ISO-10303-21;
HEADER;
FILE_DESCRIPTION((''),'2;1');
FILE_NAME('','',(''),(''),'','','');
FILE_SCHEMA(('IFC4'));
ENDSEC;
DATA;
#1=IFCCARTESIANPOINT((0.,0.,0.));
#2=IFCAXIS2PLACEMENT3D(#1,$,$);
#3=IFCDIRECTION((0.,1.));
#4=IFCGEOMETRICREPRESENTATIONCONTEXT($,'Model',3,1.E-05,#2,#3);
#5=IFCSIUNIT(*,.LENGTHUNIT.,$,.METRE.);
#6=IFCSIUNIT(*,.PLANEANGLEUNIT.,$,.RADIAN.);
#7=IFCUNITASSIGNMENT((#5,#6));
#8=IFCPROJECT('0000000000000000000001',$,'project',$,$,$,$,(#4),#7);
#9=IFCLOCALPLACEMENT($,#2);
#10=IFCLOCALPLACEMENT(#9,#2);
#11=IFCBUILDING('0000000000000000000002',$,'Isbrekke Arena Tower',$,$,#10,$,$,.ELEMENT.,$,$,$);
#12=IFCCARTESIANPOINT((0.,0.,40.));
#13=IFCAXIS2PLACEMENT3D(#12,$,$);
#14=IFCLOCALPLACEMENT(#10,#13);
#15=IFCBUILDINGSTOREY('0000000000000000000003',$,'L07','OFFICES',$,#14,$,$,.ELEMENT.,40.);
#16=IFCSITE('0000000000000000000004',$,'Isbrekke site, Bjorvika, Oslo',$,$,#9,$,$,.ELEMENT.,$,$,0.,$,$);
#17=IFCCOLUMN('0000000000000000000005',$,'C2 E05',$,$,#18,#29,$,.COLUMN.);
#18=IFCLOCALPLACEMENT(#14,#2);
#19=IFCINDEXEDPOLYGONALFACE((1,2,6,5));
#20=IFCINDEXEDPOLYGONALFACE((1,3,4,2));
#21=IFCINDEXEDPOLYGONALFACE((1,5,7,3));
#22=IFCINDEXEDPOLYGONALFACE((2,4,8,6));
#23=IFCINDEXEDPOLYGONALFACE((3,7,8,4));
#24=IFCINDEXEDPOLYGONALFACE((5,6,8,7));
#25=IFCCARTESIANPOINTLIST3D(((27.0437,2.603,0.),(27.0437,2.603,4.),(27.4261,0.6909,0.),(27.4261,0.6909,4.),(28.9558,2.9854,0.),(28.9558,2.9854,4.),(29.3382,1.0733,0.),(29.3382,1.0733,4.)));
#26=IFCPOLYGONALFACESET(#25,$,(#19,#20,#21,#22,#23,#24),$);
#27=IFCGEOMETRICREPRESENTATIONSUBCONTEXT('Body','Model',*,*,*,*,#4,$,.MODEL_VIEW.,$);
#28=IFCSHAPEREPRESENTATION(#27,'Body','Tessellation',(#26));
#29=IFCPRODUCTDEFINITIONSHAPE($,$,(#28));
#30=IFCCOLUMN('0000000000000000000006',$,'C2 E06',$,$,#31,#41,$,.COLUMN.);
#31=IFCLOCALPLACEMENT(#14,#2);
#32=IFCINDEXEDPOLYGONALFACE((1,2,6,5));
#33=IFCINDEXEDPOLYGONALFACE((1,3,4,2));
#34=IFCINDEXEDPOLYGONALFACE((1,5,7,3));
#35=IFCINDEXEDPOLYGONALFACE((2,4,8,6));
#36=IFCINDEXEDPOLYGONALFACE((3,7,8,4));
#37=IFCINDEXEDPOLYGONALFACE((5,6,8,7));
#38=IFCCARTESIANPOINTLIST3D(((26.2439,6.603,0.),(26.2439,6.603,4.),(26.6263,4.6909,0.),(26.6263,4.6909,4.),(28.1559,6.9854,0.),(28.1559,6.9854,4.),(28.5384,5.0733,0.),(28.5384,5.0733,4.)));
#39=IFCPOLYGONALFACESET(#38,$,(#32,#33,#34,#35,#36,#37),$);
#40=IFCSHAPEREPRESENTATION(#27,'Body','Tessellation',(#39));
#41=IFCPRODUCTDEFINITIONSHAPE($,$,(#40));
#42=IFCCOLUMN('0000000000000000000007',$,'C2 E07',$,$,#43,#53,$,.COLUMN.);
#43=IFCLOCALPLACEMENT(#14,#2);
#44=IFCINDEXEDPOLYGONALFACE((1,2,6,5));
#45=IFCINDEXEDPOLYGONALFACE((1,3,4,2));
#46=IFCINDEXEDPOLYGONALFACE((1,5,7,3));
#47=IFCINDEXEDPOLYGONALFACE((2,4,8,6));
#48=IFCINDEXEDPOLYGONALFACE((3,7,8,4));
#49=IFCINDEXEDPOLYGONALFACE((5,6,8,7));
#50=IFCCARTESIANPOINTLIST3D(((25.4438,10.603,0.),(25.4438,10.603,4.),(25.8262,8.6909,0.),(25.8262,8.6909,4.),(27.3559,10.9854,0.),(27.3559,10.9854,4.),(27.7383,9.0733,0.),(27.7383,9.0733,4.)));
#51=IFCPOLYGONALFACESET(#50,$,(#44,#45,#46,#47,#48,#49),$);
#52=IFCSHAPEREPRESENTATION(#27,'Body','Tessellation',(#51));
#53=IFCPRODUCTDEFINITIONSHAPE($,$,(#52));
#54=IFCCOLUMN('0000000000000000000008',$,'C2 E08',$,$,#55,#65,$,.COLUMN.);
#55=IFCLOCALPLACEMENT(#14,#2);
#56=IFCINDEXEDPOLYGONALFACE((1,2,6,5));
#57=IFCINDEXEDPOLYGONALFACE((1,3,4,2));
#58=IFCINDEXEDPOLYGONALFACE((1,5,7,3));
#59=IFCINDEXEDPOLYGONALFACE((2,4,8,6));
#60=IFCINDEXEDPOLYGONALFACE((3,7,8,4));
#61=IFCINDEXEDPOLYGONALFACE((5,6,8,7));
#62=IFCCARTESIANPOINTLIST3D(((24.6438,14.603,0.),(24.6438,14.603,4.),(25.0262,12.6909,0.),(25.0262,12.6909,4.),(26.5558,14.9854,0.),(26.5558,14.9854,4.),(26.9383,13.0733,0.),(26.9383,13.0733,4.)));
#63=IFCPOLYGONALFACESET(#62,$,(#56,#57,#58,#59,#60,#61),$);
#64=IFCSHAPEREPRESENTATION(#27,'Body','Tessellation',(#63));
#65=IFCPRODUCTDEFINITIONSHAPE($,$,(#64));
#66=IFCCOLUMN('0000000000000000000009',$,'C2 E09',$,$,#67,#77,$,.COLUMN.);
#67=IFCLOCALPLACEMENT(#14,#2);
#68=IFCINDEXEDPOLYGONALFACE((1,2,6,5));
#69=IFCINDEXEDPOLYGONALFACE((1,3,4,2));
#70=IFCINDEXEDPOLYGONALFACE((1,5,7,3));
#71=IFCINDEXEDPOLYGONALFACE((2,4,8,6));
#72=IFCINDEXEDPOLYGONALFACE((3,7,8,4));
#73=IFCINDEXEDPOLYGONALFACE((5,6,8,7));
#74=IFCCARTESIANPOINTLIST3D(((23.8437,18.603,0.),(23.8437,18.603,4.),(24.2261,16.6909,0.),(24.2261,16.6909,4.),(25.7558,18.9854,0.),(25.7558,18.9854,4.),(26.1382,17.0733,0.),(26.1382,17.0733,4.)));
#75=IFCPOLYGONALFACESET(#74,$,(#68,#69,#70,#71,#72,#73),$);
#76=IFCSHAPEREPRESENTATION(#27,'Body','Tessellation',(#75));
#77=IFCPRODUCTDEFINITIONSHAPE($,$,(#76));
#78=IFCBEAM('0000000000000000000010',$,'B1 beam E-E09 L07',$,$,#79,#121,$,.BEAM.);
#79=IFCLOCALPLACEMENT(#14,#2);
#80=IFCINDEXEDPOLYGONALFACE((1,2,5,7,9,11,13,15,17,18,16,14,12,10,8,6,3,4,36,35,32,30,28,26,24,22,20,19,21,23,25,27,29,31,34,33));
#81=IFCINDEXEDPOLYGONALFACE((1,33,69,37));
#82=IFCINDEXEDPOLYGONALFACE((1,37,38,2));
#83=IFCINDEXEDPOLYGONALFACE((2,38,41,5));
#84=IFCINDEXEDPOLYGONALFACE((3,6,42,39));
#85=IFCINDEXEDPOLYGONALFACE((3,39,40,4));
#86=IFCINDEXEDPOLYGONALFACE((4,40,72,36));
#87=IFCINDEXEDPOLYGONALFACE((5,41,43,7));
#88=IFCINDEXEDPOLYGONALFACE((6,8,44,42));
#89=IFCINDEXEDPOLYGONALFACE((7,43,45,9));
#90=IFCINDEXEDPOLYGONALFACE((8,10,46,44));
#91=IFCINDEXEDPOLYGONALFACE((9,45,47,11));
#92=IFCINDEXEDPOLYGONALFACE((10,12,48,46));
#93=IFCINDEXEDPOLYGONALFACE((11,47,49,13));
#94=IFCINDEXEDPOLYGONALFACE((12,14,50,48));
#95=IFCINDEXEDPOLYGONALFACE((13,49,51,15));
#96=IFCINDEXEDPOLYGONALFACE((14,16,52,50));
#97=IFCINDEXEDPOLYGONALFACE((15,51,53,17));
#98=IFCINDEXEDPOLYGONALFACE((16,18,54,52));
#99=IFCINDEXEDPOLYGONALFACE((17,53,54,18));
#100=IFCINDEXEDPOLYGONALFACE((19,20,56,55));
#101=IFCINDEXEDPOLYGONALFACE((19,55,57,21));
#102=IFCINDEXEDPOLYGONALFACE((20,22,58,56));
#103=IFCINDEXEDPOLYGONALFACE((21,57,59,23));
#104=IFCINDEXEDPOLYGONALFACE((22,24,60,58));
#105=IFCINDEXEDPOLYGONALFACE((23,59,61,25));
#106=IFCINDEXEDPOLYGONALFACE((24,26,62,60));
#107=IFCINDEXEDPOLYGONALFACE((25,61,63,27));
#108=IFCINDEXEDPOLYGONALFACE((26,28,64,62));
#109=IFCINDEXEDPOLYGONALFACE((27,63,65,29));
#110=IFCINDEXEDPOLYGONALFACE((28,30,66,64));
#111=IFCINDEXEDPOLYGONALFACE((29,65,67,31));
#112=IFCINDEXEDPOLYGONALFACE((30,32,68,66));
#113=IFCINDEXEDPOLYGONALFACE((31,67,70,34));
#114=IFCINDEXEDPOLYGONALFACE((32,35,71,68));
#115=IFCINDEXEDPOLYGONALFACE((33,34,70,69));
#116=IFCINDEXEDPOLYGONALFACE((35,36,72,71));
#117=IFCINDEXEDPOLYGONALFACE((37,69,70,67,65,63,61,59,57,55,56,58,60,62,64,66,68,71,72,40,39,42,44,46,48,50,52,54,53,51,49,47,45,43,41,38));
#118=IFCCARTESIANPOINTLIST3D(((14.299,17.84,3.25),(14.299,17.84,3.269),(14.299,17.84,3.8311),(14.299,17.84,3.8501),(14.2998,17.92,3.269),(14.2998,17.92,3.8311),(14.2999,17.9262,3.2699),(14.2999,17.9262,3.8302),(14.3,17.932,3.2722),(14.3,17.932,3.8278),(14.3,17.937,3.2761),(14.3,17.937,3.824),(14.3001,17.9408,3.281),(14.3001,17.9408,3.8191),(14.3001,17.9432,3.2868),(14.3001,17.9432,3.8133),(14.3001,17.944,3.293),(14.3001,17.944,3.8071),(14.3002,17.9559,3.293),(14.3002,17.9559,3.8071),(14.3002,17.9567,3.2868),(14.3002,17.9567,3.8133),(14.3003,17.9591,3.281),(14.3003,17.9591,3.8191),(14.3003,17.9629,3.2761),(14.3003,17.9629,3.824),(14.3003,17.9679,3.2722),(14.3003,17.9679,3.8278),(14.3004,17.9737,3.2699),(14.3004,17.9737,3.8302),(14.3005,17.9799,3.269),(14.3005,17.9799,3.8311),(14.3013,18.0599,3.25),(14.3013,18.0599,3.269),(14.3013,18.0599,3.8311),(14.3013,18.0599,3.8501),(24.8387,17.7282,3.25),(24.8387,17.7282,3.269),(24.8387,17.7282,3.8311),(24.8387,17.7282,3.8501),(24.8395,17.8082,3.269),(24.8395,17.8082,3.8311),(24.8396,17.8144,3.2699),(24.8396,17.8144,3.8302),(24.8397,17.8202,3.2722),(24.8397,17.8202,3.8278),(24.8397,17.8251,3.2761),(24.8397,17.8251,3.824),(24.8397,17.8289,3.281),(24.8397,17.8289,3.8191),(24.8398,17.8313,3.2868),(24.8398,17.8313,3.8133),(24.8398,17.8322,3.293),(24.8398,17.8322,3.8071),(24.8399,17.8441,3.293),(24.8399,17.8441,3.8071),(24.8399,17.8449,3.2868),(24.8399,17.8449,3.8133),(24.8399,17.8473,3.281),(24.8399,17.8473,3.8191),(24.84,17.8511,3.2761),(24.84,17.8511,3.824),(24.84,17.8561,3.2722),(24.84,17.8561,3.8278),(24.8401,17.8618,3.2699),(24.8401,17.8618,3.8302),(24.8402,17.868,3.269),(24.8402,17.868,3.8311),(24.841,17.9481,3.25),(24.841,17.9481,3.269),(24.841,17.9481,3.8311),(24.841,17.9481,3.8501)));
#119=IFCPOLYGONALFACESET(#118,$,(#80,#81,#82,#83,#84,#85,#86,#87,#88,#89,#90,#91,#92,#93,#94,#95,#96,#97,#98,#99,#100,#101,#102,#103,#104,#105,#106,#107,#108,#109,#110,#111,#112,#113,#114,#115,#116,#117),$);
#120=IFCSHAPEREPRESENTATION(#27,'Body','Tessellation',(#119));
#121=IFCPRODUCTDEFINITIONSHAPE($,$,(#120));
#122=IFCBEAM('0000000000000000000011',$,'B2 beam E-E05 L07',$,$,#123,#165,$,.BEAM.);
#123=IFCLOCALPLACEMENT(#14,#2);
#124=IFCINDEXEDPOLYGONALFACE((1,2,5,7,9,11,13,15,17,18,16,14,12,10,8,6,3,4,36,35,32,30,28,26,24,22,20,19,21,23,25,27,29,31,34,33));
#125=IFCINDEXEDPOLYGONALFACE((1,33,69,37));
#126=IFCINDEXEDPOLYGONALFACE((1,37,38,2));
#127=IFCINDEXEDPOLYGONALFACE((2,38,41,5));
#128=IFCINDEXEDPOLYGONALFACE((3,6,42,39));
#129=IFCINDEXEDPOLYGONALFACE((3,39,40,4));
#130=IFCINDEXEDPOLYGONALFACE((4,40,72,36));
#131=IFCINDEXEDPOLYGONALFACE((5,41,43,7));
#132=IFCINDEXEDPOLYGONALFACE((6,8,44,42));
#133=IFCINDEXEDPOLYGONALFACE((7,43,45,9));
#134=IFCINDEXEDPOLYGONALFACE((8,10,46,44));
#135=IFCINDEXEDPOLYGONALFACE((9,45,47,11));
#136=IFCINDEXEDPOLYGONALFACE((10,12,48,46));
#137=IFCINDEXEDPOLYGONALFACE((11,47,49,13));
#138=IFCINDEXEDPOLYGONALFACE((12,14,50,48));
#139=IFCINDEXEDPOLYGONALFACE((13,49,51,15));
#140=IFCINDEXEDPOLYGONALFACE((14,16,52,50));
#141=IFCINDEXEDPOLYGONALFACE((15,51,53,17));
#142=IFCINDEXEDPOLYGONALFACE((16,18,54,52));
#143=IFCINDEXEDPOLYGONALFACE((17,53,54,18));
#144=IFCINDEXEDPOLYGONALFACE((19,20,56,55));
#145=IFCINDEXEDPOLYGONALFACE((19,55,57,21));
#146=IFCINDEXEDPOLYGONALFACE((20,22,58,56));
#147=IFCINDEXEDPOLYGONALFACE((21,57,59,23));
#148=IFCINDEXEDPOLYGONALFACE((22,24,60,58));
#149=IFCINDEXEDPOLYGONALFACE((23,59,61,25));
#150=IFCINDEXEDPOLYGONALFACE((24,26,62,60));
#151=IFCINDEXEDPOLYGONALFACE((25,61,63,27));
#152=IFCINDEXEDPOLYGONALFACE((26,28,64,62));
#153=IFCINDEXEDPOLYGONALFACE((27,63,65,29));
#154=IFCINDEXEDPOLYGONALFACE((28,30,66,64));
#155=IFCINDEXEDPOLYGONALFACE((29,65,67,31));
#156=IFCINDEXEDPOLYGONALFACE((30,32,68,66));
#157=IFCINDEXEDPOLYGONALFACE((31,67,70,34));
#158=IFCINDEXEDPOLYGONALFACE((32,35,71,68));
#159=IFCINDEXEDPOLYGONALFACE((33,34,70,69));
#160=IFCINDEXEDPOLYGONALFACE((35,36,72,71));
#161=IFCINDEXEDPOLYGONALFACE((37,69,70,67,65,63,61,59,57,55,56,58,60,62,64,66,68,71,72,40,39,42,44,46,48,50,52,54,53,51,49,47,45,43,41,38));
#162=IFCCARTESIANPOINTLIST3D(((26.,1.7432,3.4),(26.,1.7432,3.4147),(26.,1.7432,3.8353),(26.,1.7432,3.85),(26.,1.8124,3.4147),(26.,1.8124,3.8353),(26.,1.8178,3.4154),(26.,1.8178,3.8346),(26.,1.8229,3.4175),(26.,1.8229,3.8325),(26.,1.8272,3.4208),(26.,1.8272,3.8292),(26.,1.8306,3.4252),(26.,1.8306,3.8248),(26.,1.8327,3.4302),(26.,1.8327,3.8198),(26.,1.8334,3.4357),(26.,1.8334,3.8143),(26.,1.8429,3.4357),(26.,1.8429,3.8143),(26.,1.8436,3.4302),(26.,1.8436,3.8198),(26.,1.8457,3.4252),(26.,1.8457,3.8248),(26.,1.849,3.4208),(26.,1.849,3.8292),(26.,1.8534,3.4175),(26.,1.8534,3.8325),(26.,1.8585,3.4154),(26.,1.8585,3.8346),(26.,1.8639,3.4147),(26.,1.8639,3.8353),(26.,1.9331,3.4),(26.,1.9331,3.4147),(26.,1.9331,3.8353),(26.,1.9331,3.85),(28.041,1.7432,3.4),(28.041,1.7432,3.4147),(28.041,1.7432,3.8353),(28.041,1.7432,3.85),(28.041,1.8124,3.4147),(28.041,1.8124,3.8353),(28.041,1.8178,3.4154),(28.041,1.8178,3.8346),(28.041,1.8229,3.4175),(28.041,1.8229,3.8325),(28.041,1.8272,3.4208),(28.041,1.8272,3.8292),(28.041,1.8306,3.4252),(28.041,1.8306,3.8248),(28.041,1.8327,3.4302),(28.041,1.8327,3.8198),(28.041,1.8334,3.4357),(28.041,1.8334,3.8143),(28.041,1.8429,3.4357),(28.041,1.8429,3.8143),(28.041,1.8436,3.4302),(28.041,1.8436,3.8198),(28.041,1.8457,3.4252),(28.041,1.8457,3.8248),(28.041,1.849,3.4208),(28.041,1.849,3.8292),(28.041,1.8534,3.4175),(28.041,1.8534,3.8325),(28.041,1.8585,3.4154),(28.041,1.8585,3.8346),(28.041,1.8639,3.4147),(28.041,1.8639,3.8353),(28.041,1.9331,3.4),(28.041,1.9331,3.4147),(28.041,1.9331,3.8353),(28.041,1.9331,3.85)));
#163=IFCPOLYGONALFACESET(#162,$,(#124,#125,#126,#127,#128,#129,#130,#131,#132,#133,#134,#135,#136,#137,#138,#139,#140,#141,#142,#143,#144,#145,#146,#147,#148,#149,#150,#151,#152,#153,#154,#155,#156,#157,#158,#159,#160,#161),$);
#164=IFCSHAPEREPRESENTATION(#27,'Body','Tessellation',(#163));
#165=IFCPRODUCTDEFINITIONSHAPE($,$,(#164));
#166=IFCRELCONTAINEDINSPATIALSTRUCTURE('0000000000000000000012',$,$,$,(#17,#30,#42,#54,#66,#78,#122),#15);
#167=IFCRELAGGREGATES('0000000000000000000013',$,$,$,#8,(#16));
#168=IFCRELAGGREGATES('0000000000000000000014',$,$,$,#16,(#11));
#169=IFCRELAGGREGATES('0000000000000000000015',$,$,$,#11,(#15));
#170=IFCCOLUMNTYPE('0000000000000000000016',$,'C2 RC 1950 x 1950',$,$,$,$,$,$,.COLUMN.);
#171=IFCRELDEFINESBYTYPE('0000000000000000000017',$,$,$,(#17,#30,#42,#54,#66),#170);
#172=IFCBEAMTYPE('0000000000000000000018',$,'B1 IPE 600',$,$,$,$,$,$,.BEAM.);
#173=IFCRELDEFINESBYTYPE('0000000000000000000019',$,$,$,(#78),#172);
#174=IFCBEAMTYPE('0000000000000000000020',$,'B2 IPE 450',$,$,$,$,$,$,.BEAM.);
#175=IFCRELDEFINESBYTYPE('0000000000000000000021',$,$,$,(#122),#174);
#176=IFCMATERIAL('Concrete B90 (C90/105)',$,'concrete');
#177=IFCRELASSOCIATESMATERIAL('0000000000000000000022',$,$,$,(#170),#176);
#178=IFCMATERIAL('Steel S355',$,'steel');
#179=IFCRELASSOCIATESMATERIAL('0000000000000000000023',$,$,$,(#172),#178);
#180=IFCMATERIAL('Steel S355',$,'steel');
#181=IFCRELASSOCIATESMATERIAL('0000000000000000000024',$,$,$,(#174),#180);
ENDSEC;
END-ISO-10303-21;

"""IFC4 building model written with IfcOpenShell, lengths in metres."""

from ifc_helpers import new_model, si_unit, direction, frame, origin, origin_2d, place, context, subcontext, project, spatial, rectangle, i_section, extrude, material, material_profile, profile_set, type_object, element, save


model = new_model("IFC4")

# Units and contexts
model_context = context("Model", 3, precision=1e-05, world=origin(), true_north=direction((0.0, 1.0)))
body_context = subcontext(model_context, "Body", "Model", "MODEL_VIEW")
ifc_project = project(units=[si_unit("LENGTHUNIT", "METRE"), si_unit("PLANEANGLEUNIT", "RADIAN")], contexts=[model_context])

# Site, building, storey
site_placement = place(None, origin())
site = spatial("IfcSite", under=ifc_project, at=site_placement, Name="Isbrekke site, Bjorvika, Oslo", CompositionType="ELEMENT", RefElevation=0.0)
building_placement = place(site_placement, origin())
building = spatial("IfcBuilding", under=site, at=building_placement, Name="Isbrekke Arena Tower", CompositionType="ELEMENT")
storey_placement = place(building_placement, frame((0.0, 0.0, 40.0)))
storey = spatial("IfcBuildingStorey", under=building, at=storey_placement, Name="L07", Description="OFFICES", CompositionType="ELEMENT", Elevation=40.0)

# Columns
ifc_material_1 = material(Name="Concrete B90 (C90/105)", Category="concrete")
ifc_material_profile_1 = material_profile(ifc_material_1, rectangle(XDim=1.95, YDim=1.95, at=origin_2d()), Name="RC 1950x1950")
ifc_profile_set_1 = profile_set([ifc_material_profile_1], Name="Concrete B90 (C90/105)")
column_type = type_object("IfcColumnType", Name="C2 RC 1950 x 1950", PredefinedType="COLUMN", material=ifc_profile_set_1)
for number, where, z_axis, x_axis, name in (
    (1, (28.1909, 1.8381, 0.0), (0.0, 0.0, 1.0), (-0.196116, 0.980581, 0.0), "C2 E05"),
    (2, (27.3911, 5.8381, 0.0), (0.0, 0.0, 1.0), (-0.196116, 0.980581, 0.0), "C2 E06"),
    (3, (26.5911, 9.8381, 0.0), (0.0, 0.0, 1.0), (-0.196116, 0.980581, 0.0), "C2 E07"),
    (4, (25.791, 13.8381, 0.0), (0.0, 0.0, 1.0), (-0.196116, 0.980581, 0.0), "C2 E08"),
    (5, (24.991, 17.8381, 0.0), (0.0, 0.0, 1.0), (-0.196116, 0.980581, 0.0), "C2 E09"),
):
    element("IfcColumn", number, at=place(storey_placement, frame(where, z_axis=z_axis, x_axis=x_axis)), inside=storey, type_object=column_type, Name=name, PredefinedType="COLUMN", context=body_context, shape_type="SweptSolid", body=[
        extrude(rectangle(XDim=1.95, YDim=1.95, at=origin_2d()), origin(), (0.0, 0.0, 1.0), 4.0),
    ])

# Beams
ifc_material_2 = material(Name="Steel S355", Category="steel")
ifc_material_profile_2 = material_profile(ifc_material_2, i_section(OverallWidth=0.22, OverallDepth=0.6001, WebThickness=0.012, FlangeThickness=0.019, FilletRadius=0.0239, at=origin_2d()), Name="IPE 600")
ifc_profile_set_2 = profile_set([ifc_material_profile_2], Name="Steel S355")
beam_type_1 = type_object("IfcBeamType", Name="B1 IPE 600", PredefinedType="BEAM", material=ifc_profile_set_2)
beam_1_placement = place(storey_placement, frame((24.8398, 17.8381, 3.55), z_axis=(-0.999944, 0.010608, 0.0), x_axis=(-0.010608, -0.999944, 0.0)))
element("IfcBeam", 6, at=beam_1_placement, inside=storey, type_object=beam_type_1, Name="B1 beam E-E09 L07", PredefinedType="BEAM", context=body_context, shape_type="SweptSolid", body=[
    extrude(i_section(OverallWidth=0.22, OverallDepth=0.6001, WebThickness=0.012, FlangeThickness=0.019, FilletRadius=0.0239, at=origin_2d()), origin(), (0.0, 0.0, 1.0), 10.5403),
])
ifc_material_3 = material(Name="Steel S355", Category="steel")
ifc_material_profile_3 = material_profile(ifc_material_3, i_section(OverallWidth=0.1899, OverallDepth=0.45, WebThickness=0.0095, FlangeThickness=0.0146, FilletRadius=0.021, at=origin_2d()), Name="IPE 450")
ifc_profile_set_3 = profile_set([ifc_material_profile_3], Name="Steel S355")
beam_type_2 = type_object("IfcBeamType", Name="B2 IPE 450", PredefinedType="BEAM", material=ifc_profile_set_3)
beam_2_placement = place(storey_placement, frame((28.041, 1.8381, 3.625), z_axis=(-1.0, 0.0, 0.0), x_axis=(0.0, -1.0, 0.0)))
element("IfcBeam", 7, at=beam_2_placement, inside=storey, type_object=beam_type_2, Name="B2 beam E-E05 L07", PredefinedType="BEAM", context=body_context, shape_type="SweptSolid", body=[
    extrude(i_section(OverallWidth=0.1899, OverallDepth=0.45, WebThickness=0.0095, FlangeThickness=0.0146, FilletRadius=0.021, at=origin_2d()), origin(), (0.0, 0.0, 1.0), 2.041),
])

save(model, "model.ifc")
